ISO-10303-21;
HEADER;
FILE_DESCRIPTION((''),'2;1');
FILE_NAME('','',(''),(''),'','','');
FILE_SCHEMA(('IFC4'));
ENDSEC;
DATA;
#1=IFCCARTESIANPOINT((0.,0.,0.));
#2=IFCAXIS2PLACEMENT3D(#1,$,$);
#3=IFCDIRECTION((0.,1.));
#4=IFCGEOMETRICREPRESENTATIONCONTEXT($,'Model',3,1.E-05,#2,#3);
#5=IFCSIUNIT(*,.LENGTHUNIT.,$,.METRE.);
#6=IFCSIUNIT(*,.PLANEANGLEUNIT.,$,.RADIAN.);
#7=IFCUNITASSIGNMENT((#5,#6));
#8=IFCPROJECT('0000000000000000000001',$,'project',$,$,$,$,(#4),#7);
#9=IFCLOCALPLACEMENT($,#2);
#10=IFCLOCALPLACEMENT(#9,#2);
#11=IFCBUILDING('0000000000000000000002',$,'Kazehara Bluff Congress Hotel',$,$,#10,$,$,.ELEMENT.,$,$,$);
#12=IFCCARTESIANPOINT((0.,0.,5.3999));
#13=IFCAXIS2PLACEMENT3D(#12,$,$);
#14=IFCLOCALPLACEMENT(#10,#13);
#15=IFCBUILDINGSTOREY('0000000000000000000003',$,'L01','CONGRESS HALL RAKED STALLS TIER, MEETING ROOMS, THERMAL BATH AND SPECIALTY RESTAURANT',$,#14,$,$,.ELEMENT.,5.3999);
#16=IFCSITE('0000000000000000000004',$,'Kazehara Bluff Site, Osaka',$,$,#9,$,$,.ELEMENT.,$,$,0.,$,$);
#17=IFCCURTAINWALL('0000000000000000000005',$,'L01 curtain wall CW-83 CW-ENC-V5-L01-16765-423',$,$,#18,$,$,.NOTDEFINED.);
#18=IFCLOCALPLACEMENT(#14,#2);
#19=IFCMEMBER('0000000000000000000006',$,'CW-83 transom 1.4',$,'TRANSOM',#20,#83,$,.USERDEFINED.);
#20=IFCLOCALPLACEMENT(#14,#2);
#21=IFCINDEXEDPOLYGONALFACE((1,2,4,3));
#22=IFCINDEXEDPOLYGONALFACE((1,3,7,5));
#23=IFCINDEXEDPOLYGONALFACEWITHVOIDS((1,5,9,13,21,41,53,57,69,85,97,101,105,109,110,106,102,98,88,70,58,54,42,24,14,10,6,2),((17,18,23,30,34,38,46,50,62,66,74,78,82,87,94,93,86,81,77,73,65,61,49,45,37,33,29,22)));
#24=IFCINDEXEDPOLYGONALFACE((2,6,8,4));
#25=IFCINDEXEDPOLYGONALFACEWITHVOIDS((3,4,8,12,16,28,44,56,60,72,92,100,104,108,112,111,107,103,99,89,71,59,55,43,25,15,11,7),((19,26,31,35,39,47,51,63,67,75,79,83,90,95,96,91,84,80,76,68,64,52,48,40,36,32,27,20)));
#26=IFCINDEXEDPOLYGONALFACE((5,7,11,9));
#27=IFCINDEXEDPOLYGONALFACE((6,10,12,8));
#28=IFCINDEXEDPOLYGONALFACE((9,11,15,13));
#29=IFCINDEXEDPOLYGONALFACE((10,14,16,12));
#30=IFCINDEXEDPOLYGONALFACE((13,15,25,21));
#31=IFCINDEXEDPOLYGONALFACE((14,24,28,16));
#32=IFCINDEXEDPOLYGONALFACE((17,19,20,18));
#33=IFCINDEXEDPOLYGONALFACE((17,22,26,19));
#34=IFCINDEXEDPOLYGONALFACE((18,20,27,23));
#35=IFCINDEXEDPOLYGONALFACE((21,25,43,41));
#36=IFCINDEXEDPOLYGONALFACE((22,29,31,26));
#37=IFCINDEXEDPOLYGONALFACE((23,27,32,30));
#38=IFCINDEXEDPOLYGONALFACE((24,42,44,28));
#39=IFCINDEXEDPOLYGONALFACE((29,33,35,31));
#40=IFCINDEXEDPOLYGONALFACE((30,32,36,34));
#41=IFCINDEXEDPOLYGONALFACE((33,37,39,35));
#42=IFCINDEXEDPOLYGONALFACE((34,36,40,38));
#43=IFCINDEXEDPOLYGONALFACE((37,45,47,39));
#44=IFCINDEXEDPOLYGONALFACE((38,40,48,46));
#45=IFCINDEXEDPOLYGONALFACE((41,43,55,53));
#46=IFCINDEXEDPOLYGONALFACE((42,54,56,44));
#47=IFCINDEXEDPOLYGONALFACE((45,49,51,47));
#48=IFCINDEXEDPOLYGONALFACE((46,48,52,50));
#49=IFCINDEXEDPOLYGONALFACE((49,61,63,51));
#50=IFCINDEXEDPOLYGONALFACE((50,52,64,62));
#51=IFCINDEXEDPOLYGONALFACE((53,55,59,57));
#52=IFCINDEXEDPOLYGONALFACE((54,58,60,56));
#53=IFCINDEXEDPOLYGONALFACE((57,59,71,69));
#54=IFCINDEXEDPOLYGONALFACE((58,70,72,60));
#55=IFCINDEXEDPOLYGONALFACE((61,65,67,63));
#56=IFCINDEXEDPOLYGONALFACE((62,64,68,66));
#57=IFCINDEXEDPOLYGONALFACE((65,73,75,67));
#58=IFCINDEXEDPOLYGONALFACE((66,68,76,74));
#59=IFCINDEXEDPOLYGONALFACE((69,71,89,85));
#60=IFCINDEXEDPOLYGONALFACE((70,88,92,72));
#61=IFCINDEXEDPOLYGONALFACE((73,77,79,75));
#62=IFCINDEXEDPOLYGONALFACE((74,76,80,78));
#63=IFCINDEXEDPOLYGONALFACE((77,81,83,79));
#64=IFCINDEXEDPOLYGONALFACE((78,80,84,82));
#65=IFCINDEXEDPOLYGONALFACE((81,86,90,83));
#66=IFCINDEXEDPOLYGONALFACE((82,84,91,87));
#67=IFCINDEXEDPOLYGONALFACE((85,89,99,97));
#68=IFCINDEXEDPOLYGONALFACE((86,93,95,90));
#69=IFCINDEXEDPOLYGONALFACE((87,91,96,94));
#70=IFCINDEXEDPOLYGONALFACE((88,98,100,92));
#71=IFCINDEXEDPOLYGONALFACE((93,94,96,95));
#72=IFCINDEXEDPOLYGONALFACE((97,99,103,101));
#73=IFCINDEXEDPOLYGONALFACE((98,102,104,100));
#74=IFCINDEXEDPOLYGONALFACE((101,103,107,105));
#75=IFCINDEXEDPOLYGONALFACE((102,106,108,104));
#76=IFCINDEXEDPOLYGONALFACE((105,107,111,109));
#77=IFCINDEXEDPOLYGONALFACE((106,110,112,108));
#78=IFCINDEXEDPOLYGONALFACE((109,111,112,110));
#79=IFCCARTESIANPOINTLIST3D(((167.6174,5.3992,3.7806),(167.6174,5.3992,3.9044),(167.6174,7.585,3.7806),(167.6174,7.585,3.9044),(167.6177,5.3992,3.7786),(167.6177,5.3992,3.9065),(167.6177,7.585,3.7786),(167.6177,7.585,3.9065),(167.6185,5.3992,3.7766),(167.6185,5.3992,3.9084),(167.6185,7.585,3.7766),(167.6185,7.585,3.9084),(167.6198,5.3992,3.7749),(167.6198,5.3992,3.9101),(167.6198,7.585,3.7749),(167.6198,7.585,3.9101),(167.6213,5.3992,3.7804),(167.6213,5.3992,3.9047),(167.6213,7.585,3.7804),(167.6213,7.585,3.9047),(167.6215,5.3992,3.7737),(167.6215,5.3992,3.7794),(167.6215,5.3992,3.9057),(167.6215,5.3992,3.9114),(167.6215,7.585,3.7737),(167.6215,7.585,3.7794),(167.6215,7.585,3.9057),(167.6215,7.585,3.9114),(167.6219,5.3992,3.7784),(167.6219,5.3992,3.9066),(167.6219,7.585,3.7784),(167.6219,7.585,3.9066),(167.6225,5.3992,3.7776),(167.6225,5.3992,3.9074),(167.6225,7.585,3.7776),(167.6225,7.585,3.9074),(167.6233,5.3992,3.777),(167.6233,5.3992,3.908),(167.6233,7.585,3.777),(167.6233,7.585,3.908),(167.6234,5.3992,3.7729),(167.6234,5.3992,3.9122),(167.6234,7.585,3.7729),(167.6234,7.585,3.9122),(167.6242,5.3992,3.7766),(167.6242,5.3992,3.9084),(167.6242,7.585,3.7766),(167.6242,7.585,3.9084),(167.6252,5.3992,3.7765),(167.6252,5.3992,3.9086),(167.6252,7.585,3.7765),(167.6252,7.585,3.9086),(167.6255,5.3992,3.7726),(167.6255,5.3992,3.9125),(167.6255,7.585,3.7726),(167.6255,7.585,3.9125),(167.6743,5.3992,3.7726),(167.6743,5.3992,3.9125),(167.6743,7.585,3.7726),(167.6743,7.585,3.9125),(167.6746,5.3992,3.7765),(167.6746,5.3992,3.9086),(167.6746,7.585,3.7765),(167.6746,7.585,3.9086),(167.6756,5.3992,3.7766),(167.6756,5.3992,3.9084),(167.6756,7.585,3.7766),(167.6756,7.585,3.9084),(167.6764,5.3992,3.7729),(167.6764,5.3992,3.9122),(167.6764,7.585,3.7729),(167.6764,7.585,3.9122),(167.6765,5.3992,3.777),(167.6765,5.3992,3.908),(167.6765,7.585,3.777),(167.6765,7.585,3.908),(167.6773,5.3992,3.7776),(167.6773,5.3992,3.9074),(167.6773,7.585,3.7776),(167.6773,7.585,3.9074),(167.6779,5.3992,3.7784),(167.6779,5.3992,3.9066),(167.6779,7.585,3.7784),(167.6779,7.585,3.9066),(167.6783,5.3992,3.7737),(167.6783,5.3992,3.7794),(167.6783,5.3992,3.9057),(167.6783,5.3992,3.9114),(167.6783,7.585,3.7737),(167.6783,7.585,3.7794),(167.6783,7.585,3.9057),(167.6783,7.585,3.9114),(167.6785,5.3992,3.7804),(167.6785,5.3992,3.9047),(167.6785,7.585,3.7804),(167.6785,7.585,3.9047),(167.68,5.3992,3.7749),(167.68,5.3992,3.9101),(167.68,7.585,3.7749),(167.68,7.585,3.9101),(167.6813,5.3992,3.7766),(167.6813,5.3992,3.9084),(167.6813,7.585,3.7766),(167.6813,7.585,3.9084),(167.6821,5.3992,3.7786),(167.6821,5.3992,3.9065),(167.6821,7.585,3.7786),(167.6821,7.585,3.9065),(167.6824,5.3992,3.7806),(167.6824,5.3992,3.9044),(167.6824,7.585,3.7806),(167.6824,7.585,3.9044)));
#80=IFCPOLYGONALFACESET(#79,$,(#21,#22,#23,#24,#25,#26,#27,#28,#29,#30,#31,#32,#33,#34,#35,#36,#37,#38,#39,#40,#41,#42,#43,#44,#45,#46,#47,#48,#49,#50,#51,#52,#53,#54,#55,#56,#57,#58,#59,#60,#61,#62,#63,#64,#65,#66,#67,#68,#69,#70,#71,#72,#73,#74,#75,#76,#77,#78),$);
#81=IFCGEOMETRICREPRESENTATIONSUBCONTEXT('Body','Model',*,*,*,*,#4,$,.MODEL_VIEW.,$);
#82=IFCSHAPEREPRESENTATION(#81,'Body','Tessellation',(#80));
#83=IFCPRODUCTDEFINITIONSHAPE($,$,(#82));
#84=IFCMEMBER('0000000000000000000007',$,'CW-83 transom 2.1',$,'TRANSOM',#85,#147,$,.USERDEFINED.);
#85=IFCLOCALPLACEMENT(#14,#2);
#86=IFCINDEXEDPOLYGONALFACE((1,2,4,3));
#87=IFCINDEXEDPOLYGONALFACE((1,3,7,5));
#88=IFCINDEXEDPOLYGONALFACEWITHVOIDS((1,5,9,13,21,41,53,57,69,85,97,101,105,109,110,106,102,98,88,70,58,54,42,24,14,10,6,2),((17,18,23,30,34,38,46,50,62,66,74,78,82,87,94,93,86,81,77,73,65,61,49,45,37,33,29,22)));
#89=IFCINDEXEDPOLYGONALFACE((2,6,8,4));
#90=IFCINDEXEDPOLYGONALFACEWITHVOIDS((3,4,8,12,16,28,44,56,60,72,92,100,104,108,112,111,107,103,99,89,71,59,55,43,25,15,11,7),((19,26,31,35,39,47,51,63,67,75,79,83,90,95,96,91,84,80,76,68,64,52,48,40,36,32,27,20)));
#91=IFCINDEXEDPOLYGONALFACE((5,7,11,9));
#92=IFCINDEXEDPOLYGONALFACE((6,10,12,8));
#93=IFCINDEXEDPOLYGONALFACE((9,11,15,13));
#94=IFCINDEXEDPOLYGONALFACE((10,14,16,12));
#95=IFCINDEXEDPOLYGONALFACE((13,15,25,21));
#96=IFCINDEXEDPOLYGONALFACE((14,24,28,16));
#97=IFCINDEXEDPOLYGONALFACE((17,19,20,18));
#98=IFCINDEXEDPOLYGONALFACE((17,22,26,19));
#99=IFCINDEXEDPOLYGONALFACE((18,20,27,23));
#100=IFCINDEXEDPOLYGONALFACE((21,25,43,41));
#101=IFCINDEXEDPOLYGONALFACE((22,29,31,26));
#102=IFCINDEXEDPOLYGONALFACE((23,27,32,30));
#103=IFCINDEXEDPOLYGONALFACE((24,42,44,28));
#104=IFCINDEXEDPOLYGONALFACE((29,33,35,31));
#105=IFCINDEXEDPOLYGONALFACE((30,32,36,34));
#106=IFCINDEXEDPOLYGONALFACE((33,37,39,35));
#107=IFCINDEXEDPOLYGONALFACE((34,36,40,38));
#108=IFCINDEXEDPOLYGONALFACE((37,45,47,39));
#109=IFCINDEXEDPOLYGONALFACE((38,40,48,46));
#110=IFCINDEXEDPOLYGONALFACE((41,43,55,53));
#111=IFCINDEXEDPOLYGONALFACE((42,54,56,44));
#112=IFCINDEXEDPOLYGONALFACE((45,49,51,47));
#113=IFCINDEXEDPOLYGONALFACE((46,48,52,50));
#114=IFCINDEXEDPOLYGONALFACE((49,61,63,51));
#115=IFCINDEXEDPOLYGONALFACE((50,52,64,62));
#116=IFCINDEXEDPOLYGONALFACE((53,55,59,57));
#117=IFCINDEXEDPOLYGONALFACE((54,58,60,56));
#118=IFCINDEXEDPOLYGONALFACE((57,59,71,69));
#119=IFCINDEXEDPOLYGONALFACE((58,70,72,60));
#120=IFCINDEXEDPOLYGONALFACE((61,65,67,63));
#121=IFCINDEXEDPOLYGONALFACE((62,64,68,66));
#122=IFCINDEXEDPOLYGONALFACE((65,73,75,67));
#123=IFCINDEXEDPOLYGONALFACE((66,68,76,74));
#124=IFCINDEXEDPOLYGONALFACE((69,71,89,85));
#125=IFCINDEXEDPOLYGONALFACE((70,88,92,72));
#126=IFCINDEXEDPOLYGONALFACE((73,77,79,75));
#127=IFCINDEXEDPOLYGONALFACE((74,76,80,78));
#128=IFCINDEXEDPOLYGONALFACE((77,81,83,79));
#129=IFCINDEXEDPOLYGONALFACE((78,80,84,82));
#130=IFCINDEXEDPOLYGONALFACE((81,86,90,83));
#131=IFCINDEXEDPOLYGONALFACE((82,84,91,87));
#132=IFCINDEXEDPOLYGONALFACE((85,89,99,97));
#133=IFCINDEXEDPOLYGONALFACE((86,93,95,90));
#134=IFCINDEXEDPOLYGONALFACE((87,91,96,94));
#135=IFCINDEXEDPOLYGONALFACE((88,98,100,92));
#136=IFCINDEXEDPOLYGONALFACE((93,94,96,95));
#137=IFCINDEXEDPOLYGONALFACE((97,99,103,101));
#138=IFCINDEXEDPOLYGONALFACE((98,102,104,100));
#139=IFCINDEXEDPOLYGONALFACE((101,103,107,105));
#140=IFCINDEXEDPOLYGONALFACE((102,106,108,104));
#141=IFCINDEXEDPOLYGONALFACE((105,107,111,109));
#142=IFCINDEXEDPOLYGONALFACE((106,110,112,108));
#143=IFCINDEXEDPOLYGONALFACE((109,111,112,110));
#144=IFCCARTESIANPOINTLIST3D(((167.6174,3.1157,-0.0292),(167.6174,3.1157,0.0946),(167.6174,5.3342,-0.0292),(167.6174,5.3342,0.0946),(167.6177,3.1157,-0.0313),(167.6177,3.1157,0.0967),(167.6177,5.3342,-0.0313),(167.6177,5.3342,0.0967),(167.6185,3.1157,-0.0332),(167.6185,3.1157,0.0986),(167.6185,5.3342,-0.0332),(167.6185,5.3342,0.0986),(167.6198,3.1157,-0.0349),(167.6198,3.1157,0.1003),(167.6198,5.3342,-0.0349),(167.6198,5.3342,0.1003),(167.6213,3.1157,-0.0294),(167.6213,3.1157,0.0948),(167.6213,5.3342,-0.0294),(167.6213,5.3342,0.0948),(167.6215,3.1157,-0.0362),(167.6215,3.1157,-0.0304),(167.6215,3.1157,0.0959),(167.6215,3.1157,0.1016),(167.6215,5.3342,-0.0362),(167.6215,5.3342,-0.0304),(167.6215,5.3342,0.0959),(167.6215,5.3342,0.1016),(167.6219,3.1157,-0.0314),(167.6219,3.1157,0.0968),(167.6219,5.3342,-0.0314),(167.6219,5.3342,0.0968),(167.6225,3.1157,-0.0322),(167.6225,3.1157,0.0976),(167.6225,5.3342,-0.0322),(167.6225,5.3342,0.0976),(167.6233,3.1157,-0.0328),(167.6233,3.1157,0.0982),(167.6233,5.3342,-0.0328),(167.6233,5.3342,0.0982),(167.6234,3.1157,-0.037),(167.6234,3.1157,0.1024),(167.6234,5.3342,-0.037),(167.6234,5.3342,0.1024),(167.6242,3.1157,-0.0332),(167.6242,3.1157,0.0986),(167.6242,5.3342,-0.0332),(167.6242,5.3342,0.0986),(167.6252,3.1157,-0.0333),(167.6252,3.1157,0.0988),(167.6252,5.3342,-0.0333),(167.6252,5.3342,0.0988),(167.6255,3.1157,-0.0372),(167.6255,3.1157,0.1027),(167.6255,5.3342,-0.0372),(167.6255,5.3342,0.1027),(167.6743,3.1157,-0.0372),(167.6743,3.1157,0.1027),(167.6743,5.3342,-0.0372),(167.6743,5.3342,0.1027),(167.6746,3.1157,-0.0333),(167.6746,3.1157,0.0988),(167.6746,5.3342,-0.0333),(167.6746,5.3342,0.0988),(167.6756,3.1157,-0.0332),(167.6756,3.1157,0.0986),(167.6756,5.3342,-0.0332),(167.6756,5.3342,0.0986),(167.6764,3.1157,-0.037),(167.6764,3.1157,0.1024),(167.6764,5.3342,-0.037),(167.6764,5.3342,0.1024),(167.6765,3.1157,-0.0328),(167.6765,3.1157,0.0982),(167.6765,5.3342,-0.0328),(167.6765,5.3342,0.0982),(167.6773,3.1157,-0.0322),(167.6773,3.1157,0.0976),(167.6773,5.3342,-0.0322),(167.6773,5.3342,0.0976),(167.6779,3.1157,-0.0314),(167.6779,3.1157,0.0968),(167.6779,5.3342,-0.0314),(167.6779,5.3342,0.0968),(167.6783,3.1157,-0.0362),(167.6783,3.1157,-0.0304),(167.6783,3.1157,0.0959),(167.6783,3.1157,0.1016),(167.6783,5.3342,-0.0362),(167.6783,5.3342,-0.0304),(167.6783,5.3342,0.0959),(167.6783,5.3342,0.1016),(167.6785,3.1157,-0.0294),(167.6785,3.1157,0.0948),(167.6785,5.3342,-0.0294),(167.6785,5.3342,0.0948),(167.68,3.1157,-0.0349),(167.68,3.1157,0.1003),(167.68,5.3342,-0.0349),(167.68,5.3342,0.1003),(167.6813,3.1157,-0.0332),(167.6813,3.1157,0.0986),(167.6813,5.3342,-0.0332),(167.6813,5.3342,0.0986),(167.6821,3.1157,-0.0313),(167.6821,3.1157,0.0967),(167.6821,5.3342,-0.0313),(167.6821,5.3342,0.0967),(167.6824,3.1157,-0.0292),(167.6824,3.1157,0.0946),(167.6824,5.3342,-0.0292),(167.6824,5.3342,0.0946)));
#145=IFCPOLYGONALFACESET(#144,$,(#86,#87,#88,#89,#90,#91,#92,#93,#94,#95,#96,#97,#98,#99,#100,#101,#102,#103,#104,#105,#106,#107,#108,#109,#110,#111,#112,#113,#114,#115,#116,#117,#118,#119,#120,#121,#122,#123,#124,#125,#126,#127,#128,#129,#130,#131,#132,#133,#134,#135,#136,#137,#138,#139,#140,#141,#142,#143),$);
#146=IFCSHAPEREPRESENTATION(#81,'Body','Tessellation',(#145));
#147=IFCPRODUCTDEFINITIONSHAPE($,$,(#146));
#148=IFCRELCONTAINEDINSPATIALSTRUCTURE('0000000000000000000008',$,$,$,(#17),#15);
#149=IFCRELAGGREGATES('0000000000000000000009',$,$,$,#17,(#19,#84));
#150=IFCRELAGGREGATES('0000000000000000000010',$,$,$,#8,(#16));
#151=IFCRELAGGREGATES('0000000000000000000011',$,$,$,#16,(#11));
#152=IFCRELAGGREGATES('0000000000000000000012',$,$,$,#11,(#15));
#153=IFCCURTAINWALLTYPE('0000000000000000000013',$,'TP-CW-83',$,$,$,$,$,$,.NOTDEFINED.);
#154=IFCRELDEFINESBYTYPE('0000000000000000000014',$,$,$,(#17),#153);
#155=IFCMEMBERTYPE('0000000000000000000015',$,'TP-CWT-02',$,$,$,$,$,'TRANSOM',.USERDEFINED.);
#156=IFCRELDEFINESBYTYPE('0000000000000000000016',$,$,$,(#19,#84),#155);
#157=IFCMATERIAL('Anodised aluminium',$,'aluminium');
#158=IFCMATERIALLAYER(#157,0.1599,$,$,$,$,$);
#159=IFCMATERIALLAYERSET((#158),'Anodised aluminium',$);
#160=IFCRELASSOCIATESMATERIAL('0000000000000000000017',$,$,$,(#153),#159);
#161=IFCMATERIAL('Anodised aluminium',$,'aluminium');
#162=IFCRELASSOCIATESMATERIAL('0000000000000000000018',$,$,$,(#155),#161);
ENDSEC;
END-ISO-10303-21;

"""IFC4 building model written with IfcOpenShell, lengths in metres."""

from ifc_helpers import new_model, si_unit, direction, frame, origin, origin_2d, place, context, subcontext, project, spatial, hollow_rectangle, extrude, material, layer, layer_set, material_profile, profile_set, type_object, element, aggregate, save


model = new_model("IFC4")

# Units and contexts
model_context = context("Model", 3, precision=1e-05, world=origin(), true_north=direction((0.0, 1.0)))
body_context = subcontext(model_context, "Body", "Model", "MODEL_VIEW")
ifc_project = project(units=[si_unit("LENGTHUNIT", "METRE"), si_unit("PLANEANGLEUNIT", "RADIAN")], contexts=[model_context])

# Site, building, storey
site_placement = place(None, origin())
site = spatial("IfcSite", under=ifc_project, at=site_placement, Name="Kazehara Bluff Site, Osaka", CompositionType="ELEMENT", RefElevation=0.0)
building_placement = place(site_placement, origin())
building = spatial("IfcBuilding", under=site, at=building_placement, Name="Kazehara Bluff Congress Hotel", CompositionType="ELEMENT")
storey_placement = place(building_placement, frame((0.0, 0.0, 5.3999)))
storey = spatial("IfcBuildingStorey", under=building, at=storey_placement, Name="L01", Description="CONGRESS HALL RAKED STALLS TIER, MEETING ROOMS, THERMAL BATH AND SPECIALTY RESTAURANT", CompositionType="ELEMENT", Elevation=5.3999)

# Curtain wall
ifc_material_1 = material(Name="Anodised aluminium", Category="aluminium")
ifc_layer_1 = layer(ifc_material_1, 0.1599)
ifc_layer_set_1 = layer_set([ifc_layer_1], Name="Anodised aluminium")
curtain_wall_type_1 = type_object("IfcCurtainWallType", Name="TP-CW-83", PredefinedType="NOTDEFINED", material=ifc_layer_set_1)
curtain_wall_1_placement = place(storey_placement, origin())
curtain_wall_1 = element("IfcCurtainWall", 1, at=curtain_wall_1_placement, inside=storey, type_object=curtain_wall_type_1, Name="L01 curtain wall CW-83 CW-ENC-V5-L01-16765-423", PredefinedType="NOTDEFINED")

# Members
ifc_material_2 = material(Name="Anodised aluminium", Category="aluminium")
ifc_material_profile_1 = material_profile(ifc_material_2, hollow_rectangle(XDim=0.0649, YDim=0.1399, WallThickness=0.0039, InnerFilletRadius=0.0039, OuterFilletRadius=0.0081, at=origin_2d()))
ifc_profile_set_1 = profile_set([ifc_material_profile_1], Name="Anodised aluminium")
member_type_1 = type_object("IfcMemberType", Name="TP-CWT-02", ElementType="TRANSOM", PredefinedType="USERDEFINED", material=ifc_profile_set_1)
member_1_placement = place(storey_placement, frame((167.6499, 7.585, 3.8425), z_axis=(0.0, -1.0, 0.0), x_axis=(1.0, 0.0, 0.0)))
member_1 = element("IfcMember", 2, at=member_1_placement, type_object=member_type_1, Name="CW-83 transom 1.4", ObjectType="TRANSOM", PredefinedType="USERDEFINED", context=body_context, shape_type="SweptSolid", body=[
    extrude(hollow_rectangle(XDim=0.0649, YDim=0.1399, WallThickness=0.0039, InnerFilletRadius=0.0039, OuterFilletRadius=0.0081, at=origin_2d()), origin(), (0.0, 0.0, 1.0), 2.1858),
])
member_2_placement = place(storey_placement, frame((167.6499, 5.3342, 0.0327), z_axis=(0.0, -1.0, 0.0), x_axis=(1.0, 0.0, 0.0)))
member_2 = element("IfcMember", 3, at=member_2_placement, type_object=member_type_1, Name="CW-83 transom 2.1", ObjectType="TRANSOM", PredefinedType="USERDEFINED", context=body_context, shape_type="SweptSolid", body=[
    extrude(hollow_rectangle(XDim=0.0649, YDim=0.1399, WallThickness=0.0039, InnerFilletRadius=0.0039, OuterFilletRadius=0.0081, at=origin_2d()), origin(), (0.0, 0.0, 1.0), 2.2185),
])

aggregate(curtain_wall_1, [member_1, member_2])

save(model, "model.ifc")
